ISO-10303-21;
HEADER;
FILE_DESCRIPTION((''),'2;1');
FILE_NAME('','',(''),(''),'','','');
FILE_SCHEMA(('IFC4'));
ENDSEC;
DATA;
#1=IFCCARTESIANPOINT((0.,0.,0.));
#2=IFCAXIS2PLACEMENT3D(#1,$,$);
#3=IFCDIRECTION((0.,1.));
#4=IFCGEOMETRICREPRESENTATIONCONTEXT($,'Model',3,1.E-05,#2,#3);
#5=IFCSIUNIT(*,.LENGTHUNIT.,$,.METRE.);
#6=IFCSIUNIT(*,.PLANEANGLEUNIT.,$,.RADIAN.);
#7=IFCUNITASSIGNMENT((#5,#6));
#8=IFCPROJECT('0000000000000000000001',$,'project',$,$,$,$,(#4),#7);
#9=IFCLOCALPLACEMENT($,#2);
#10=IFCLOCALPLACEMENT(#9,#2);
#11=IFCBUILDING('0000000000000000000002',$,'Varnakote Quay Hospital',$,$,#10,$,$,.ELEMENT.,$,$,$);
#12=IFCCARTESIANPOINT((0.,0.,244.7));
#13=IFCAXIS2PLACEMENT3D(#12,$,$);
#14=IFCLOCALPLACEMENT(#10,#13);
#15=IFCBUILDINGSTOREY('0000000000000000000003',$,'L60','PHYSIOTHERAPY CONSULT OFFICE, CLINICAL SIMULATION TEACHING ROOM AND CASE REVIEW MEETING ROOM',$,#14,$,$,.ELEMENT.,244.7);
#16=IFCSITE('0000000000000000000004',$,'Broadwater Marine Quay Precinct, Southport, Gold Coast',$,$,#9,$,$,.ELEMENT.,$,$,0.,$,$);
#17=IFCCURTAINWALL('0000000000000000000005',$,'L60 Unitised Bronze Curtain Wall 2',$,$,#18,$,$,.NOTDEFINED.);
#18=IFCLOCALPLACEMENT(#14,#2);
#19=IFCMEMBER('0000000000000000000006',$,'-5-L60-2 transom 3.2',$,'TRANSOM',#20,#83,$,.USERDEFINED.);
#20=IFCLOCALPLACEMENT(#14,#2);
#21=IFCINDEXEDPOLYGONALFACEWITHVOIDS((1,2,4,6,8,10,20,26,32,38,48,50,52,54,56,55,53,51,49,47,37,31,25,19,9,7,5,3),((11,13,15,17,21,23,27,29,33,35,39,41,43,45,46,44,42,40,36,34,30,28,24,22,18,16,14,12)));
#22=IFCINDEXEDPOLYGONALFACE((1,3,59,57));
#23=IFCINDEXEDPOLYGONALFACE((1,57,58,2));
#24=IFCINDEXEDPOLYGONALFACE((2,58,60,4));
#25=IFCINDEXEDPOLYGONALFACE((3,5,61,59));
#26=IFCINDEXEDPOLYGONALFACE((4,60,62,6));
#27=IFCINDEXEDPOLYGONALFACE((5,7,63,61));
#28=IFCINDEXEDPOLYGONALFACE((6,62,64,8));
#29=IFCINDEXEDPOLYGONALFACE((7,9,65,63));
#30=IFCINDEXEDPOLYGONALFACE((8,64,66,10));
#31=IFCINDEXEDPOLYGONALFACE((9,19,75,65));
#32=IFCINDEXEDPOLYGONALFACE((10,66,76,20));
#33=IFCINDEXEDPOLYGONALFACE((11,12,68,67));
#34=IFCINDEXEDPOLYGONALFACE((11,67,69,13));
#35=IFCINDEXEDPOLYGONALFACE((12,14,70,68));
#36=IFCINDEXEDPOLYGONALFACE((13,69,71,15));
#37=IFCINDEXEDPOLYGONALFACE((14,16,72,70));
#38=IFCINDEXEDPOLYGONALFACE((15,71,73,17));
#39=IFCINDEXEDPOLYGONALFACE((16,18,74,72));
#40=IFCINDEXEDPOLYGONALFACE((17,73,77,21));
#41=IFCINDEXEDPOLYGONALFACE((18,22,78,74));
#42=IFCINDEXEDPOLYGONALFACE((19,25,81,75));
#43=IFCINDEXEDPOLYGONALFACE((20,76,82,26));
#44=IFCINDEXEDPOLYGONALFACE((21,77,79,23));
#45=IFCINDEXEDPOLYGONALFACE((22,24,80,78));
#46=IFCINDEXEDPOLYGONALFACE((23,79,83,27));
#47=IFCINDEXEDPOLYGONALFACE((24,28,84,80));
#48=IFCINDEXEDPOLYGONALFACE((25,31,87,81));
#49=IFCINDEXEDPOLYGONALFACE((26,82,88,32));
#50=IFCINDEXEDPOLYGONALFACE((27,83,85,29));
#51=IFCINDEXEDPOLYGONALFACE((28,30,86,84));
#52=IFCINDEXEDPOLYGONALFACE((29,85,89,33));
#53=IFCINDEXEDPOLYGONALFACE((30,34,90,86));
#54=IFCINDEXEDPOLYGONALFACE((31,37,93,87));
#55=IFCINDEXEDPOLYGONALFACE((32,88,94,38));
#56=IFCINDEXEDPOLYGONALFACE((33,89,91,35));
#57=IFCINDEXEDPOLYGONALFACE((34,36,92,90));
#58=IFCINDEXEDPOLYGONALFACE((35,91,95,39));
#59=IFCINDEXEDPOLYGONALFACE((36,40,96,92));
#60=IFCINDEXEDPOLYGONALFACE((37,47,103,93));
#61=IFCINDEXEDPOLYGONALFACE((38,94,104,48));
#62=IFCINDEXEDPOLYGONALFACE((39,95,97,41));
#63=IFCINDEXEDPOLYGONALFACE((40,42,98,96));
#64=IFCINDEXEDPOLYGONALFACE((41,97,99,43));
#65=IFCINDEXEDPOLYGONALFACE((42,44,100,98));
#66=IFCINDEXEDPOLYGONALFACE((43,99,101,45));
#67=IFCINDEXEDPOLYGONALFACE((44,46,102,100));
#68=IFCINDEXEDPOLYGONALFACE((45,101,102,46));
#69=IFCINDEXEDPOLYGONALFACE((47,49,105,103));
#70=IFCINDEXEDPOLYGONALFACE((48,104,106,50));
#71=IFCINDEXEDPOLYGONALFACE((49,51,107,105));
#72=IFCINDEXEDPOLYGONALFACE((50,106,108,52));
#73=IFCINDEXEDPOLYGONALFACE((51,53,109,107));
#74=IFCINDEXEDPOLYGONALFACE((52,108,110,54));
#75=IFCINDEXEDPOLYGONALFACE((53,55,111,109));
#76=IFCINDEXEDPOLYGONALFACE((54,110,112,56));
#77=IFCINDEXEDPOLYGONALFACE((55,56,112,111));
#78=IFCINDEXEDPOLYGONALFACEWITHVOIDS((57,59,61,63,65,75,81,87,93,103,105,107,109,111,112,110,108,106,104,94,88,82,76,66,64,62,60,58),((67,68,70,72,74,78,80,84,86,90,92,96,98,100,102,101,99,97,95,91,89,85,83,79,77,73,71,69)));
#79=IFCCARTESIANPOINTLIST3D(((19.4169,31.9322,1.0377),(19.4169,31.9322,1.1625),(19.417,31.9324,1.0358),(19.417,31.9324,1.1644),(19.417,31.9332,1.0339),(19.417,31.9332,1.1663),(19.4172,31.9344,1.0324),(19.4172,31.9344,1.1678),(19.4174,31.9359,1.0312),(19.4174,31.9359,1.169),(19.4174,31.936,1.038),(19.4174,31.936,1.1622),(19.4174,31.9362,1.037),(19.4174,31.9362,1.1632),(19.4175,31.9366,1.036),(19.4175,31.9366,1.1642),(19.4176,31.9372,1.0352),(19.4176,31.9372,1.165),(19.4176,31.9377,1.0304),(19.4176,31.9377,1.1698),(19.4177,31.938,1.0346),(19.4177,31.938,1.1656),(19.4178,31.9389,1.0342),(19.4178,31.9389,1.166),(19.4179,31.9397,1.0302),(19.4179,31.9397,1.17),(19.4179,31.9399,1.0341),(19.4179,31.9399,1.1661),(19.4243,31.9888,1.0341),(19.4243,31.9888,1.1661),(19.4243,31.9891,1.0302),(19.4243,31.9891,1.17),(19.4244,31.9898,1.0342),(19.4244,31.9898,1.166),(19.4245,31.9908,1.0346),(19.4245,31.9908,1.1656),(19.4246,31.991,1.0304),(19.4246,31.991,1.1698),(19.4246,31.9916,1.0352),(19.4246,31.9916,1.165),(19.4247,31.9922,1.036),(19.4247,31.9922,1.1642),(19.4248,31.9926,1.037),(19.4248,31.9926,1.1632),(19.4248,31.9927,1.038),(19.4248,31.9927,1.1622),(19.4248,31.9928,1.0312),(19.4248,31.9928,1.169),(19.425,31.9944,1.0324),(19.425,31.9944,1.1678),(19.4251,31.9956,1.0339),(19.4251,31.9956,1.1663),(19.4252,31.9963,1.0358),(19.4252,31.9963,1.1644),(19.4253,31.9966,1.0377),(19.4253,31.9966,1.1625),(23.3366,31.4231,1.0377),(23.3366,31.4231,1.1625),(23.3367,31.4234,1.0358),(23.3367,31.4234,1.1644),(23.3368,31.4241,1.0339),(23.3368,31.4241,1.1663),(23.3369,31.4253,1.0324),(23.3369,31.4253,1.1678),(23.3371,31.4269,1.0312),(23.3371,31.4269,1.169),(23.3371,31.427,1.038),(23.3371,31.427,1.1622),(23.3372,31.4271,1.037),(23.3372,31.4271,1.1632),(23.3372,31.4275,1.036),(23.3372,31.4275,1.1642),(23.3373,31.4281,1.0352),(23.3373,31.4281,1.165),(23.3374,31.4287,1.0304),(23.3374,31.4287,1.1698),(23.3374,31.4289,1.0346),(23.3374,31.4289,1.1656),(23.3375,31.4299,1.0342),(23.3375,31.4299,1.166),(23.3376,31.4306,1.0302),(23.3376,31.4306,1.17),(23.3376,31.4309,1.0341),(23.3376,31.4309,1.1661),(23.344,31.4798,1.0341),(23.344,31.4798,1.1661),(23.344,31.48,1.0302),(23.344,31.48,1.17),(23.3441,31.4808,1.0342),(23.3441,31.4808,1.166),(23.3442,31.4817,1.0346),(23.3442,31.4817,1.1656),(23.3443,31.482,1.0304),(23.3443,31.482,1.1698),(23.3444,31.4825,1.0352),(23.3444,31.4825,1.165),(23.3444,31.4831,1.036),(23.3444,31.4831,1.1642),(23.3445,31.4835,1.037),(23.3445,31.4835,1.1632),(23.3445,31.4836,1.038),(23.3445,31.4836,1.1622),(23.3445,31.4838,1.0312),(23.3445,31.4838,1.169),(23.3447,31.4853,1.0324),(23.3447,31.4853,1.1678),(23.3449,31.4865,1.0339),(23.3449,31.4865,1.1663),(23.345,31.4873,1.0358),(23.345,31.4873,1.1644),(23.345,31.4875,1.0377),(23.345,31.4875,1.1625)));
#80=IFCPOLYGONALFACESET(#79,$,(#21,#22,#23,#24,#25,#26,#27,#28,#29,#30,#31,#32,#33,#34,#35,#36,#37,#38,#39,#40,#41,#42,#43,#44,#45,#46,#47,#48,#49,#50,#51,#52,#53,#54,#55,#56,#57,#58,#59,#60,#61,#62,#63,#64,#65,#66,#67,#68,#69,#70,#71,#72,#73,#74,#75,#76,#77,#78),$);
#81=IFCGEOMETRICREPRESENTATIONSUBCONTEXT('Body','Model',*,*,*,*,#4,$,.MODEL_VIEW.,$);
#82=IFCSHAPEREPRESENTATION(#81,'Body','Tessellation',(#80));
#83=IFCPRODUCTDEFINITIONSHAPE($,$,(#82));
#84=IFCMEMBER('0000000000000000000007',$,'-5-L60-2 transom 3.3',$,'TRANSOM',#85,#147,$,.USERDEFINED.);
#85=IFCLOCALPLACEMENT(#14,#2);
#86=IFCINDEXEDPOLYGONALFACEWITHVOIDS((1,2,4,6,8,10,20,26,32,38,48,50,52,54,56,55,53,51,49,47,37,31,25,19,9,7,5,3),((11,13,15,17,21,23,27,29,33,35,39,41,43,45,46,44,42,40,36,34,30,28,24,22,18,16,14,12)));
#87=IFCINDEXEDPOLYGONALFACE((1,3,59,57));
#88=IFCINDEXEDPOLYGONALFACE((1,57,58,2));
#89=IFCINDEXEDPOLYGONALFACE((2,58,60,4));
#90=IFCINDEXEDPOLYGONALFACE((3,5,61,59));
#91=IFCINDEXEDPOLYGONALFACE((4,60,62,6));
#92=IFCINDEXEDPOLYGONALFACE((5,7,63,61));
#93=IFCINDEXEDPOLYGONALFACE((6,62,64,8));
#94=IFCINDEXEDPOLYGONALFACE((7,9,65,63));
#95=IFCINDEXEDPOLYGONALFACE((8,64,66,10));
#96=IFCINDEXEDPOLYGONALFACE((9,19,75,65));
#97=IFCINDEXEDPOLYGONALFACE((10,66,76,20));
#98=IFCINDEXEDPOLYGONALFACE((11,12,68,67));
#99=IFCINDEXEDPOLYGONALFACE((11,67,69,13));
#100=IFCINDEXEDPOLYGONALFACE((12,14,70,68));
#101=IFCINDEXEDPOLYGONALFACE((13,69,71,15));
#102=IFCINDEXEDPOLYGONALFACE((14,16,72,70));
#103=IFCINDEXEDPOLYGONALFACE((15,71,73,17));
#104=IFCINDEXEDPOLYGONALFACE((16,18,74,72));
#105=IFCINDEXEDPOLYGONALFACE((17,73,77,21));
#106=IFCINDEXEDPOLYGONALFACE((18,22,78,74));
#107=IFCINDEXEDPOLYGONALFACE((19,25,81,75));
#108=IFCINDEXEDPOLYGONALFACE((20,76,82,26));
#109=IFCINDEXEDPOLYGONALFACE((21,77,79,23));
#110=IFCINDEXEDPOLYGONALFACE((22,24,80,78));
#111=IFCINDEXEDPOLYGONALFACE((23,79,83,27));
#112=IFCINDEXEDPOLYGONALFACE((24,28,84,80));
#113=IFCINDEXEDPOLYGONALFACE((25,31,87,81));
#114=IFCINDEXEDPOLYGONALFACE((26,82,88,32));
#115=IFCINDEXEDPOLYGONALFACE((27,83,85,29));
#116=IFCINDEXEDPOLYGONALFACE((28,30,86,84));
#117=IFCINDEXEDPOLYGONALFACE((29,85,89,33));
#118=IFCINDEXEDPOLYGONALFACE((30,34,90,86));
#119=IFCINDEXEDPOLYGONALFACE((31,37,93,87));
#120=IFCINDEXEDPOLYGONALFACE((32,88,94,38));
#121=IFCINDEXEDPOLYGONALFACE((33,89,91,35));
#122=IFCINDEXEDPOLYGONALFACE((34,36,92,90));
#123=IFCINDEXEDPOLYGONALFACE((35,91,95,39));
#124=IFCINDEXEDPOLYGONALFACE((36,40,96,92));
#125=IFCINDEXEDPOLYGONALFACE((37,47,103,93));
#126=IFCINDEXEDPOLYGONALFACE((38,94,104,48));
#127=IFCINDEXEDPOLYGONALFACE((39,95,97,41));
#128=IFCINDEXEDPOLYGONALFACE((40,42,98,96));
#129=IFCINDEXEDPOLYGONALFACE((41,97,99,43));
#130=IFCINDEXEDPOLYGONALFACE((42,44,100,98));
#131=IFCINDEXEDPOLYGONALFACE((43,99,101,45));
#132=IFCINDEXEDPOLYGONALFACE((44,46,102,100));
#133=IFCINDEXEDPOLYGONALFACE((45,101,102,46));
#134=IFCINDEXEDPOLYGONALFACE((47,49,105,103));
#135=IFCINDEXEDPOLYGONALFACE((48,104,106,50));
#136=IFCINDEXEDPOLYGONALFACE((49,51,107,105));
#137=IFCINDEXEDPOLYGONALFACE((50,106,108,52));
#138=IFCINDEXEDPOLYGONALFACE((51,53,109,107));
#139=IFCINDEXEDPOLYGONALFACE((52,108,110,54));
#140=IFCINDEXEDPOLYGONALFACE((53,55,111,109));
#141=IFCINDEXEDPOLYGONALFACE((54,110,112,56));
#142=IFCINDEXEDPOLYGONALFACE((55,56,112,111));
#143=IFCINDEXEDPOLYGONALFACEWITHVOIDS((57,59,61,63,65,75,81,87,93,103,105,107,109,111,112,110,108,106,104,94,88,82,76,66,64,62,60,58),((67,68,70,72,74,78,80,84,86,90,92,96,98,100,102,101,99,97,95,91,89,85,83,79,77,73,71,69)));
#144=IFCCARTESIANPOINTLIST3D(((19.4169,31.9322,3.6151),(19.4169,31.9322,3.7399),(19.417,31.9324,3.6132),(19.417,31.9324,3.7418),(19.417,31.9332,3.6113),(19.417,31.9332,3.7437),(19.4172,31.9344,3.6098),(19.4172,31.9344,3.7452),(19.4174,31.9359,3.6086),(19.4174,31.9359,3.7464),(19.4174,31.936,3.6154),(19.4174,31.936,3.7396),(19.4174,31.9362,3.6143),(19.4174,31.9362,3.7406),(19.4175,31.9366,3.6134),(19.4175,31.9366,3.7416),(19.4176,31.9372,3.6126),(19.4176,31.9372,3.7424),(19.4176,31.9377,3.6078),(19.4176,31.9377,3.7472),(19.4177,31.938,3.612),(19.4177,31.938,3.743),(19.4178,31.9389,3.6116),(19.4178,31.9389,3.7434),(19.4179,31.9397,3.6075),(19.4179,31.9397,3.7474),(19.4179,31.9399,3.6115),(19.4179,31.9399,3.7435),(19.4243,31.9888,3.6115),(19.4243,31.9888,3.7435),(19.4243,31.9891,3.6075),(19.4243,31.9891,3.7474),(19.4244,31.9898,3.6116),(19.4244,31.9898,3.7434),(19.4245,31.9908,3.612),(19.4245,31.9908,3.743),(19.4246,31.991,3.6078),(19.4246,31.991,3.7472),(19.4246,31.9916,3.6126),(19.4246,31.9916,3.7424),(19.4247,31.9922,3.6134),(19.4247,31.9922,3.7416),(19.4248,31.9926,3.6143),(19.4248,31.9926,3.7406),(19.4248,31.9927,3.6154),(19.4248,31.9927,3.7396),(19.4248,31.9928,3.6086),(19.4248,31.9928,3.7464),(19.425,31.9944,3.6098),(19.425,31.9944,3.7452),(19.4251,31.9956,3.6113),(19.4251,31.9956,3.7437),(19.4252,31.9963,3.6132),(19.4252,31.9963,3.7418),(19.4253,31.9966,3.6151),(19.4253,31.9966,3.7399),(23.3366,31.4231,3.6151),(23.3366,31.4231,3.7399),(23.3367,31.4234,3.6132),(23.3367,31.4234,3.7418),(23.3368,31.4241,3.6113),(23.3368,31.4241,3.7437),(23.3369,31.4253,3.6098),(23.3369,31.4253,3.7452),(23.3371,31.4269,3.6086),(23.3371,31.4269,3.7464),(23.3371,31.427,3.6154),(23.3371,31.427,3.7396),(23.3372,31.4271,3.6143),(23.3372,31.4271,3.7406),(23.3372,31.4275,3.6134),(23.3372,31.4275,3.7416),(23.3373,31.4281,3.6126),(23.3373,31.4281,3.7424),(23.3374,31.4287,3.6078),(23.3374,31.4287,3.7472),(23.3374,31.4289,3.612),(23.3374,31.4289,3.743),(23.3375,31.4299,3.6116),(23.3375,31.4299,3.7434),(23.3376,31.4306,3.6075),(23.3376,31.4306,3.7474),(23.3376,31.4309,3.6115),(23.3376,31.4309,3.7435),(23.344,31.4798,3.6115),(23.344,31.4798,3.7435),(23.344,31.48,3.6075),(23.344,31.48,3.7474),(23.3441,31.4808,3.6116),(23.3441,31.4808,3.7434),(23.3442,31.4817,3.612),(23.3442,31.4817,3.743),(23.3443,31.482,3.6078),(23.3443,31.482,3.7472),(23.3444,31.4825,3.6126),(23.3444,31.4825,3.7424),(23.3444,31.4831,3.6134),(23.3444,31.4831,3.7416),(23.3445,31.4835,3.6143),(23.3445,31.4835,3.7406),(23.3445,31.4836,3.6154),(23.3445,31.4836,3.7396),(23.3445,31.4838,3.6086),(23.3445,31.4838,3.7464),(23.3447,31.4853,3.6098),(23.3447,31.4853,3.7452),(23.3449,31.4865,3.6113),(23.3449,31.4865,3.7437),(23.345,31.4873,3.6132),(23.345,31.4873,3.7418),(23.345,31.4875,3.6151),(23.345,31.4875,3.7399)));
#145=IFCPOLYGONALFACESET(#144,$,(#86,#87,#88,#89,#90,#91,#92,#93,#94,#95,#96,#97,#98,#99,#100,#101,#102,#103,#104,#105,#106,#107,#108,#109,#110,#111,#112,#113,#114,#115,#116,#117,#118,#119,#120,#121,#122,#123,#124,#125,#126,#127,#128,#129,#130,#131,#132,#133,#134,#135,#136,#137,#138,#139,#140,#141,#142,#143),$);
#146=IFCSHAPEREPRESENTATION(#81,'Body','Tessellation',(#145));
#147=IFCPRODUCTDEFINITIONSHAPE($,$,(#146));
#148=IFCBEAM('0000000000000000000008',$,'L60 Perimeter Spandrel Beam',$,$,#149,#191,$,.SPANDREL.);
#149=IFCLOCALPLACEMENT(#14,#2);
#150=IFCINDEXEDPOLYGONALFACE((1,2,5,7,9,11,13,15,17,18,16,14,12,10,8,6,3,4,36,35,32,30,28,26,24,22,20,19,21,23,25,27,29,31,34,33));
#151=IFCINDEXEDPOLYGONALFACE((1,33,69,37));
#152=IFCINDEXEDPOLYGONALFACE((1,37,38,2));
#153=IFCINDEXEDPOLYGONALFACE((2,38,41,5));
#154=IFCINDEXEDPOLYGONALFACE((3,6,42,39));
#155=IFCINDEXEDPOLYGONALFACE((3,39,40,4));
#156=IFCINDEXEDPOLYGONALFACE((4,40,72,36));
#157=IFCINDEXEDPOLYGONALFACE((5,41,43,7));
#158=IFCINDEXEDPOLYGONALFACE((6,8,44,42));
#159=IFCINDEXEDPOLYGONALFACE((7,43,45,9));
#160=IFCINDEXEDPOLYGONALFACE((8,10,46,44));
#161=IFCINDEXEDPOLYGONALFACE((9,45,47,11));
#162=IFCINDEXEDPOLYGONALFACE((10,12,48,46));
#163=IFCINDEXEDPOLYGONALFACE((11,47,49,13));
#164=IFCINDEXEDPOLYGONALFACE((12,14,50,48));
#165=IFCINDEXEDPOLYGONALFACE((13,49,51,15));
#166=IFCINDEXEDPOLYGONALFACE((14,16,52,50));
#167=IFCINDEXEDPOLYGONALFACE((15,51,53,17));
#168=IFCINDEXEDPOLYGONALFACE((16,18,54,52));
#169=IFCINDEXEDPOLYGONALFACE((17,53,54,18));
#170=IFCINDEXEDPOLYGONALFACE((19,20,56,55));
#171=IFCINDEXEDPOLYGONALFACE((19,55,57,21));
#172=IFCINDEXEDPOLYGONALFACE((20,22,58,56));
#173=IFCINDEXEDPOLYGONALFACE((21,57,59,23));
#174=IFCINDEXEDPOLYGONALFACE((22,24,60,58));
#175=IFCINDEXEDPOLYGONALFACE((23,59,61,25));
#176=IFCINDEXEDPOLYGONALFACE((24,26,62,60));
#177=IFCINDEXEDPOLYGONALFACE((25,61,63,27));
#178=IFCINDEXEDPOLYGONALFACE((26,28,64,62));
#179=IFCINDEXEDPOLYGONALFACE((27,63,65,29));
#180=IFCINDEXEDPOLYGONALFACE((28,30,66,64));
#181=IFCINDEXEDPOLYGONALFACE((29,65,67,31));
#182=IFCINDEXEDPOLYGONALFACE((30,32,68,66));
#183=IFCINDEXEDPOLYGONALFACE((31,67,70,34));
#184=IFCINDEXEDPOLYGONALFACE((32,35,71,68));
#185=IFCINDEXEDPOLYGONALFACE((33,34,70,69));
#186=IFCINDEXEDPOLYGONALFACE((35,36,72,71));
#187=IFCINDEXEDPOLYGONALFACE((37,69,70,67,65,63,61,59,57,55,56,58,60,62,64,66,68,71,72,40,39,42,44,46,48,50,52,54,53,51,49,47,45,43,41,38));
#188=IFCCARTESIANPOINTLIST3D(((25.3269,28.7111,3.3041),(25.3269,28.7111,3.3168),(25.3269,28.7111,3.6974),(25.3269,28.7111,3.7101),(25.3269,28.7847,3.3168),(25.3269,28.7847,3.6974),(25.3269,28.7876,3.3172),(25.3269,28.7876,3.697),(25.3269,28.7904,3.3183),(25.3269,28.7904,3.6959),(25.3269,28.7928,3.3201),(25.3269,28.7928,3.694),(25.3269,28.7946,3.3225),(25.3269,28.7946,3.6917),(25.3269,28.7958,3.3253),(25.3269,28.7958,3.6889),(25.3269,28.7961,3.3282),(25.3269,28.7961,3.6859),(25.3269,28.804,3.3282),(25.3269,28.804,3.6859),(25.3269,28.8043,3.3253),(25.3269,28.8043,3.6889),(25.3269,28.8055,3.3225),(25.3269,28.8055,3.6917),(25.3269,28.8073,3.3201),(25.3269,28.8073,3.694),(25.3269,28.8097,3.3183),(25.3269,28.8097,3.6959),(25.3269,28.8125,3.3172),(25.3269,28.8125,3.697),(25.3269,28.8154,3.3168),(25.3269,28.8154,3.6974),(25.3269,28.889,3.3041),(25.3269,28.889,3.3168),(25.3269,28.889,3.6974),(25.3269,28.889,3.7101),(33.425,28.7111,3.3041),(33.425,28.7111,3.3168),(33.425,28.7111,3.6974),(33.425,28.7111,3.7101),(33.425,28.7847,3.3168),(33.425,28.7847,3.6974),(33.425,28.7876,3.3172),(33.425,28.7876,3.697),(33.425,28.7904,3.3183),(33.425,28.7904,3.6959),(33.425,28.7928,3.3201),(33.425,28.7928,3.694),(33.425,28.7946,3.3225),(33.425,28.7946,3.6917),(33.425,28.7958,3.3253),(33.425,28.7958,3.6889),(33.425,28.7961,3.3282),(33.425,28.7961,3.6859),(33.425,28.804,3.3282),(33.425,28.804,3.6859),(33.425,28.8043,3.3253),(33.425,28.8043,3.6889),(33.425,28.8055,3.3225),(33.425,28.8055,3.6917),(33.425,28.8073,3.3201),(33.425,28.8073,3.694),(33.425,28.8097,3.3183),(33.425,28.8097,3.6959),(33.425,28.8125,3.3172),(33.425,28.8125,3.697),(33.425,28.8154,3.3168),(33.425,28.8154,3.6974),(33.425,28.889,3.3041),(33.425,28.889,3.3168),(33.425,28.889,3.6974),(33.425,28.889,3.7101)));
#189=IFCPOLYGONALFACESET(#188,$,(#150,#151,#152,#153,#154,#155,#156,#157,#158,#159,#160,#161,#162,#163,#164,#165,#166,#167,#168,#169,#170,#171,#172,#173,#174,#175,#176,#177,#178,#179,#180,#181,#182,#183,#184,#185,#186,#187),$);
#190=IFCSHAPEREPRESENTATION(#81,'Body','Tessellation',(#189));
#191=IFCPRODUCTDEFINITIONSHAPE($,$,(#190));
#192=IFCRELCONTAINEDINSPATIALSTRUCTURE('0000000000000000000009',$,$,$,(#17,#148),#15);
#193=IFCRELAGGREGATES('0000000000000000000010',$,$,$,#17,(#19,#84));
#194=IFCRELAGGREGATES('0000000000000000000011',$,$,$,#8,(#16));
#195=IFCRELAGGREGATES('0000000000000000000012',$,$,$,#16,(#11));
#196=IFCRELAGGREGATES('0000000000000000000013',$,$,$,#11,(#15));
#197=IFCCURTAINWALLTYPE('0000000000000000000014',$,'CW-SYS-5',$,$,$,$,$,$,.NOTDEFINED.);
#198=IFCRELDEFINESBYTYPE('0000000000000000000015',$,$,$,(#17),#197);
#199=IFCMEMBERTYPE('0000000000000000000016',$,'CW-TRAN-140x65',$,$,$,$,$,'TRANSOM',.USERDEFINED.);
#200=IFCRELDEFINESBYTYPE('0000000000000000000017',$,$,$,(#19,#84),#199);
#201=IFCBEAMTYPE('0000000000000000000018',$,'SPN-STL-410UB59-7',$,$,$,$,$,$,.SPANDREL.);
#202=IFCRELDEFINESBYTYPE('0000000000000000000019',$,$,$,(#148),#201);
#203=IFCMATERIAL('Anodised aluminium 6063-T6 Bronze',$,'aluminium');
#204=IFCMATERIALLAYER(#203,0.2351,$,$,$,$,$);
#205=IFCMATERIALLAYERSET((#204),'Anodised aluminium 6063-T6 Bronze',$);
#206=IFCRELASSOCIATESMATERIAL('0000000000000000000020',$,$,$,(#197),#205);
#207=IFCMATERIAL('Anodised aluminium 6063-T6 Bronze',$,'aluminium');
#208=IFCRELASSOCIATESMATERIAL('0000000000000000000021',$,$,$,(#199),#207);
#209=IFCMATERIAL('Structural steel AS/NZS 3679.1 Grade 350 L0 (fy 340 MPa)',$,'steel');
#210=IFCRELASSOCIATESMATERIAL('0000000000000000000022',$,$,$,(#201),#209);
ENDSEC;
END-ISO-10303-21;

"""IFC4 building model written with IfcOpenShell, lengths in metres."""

from ifc_helpers import new_model, si_unit, direction, frame, origin, origin_2d, place, context, subcontext, project, spatial, hollow_rectangle, i_section, extrude, material, layer, layer_set, material_profile, profile_set, type_object, element, aggregate, save


model = new_model("IFC4")

# Units and contexts
model_context = context("Model", 3, precision=1e-05, world=origin(), true_north=direction((0.0, 1.0)))
body_context = subcontext(model_context, "Body", "Model", "MODEL_VIEW")
ifc_project = project(units=[si_unit("LENGTHUNIT", "METRE"), si_unit("PLANEANGLEUNIT", "RADIAN")], contexts=[model_context])

# Site, building, storey
site_placement = place(None, origin())
site = spatial("IfcSite", under=ifc_project, at=site_placement, Name="Broadwater Marine Quay Precinct, Southport, Gold Coast", CompositionType="ELEMENT", RefElevation=0.0)
building_placement = place(site_placement, origin())
building = spatial("IfcBuilding", under=site, at=building_placement, Name="Varnakote Quay Hospital", CompositionType="ELEMENT")
storey_placement = place(building_placement, frame((0.0, 0.0, 244.7)))
storey = spatial("IfcBuildingStorey", under=building, at=storey_placement, Name="L60", Description="PHYSIOTHERAPY CONSULT OFFICE, CLINICAL SIMULATION TEACHING ROOM AND CASE REVIEW MEETING ROOM", CompositionType="ELEMENT", Elevation=244.7)

# Shared definitions
ifc_material_1 = material(Name="Anodised aluminium 6063-T6 Bronze", Category="aluminium")
ifc_layer_1 = layer(ifc_material_1, 0.2351)
ifc_layer_set_1 = layer_set([ifc_layer_1], Name="Anodised aluminium 6063-T6 Bronze")
curtain_wall_type = type_object("IfcCurtainWallType", Name="CW-SYS-5", PredefinedType="NOTDEFINED", material=ifc_layer_set_1)

# Curtain wall, members
curtain_wall_1_placement = place(storey_placement, origin())
curtain_wall_1 = element("IfcCurtainWall", 1, at=curtain_wall_1_placement, inside=storey, type_object=curtain_wall_type, Name="L60 Unitised Bronze Curtain Wall 2", PredefinedType="NOTDEFINED")
ifc_material_2 = material(Name="Anodised aluminium 6063-T6 Bronze", Category="aluminium")
ifc_material_profile_1 = material_profile(ifc_material_2, hollow_rectangle(XDim=0.0649, YDim=0.1399, WallThickness=0.0039, InnerFilletRadius=0.0039, OuterFilletRadius=0.0076, at=origin_2d()), Name="CW-TRAN-140x65")
ifc_profile_set_1 = profile_set([ifc_material_profile_1], Name="Anodised aluminium 6063-T6 Bronze")
member_type_1 = type_object("IfcMemberType", Name="CW-TRAN-140x65", ElementType="TRANSOM", PredefinedType="USERDEFINED", material=ifc_profile_set_1)
member_1_placement = place(storey_placement, frame((23.3408, 31.4553, 1.1001), z_axis=(-0.991673, 0.128785, 0.0), x_axis=(-0.128785, -0.991673, 0.0)))
member_1 = element("IfcMember", 2, at=member_1_placement, type_object=member_type_1, Name="-5-L60-2 transom 3.2", ObjectType="TRANSOM", PredefinedType="USERDEFINED", context=body_context, shape_type="SweptSolid", body=[
    extrude(hollow_rectangle(XDim=0.0649, YDim=0.1399, WallThickness=0.0039, InnerFilletRadius=0.0039, OuterFilletRadius=0.0076, at=origin_2d()), origin(), (0.0, 0.0, 1.0), 3.9526),
])
member_2_placement = place(storey_placement, frame((23.3408, 31.4553, 3.6775), z_axis=(-0.991673, 0.128785, 0.0), x_axis=(-0.128785, -0.991673, 0.0)))
member_2 = element("IfcMember", 3, at=member_2_placement, type_object=member_type_1, Name="-5-L60-2 transom 3.3", ObjectType="TRANSOM", PredefinedType="USERDEFINED", context=body_context, shape_type="SweptSolid", body=[
    extrude(hollow_rectangle(XDim=0.0649, YDim=0.1399, WallThickness=0.0039, InnerFilletRadius=0.0039, OuterFilletRadius=0.0076, at=origin_2d()), origin(), (0.0, 0.0, 1.0), 3.9526),
])

# Beam
ifc_material_3 = material(Name="Structural steel AS/NZS 3679.1 Grade 350 L0 (fy 340 MPa)", Category="steel")
ifc_material_profile_2 = material_profile(ifc_material_3, i_section(OverallWidth=0.178, OverallDepth=0.406, WebThickness=0.0078, FlangeThickness=0.0127, FilletRadius=0.0115, at=origin_2d()), Name="410UB59.7")
ifc_profile_set_2 = profile_set([ifc_material_profile_2], Name="Structural steel AS/NZS 3679.1 Grade 350 L0 (fy 340 MPa)")
beam_type = type_object("IfcBeamType", Name="SPN-STL-410UB59-7", PredefinedType="SPANDREL", material=ifc_profile_set_2)
beam_placement = place(storey_placement, frame((25.3269, 28.8, 3.5071), z_axis=(1.0, 0.0, 0.0), x_axis=(0.0, 1.0, 0.0)))
element("IfcBeam", 4, at=beam_placement, inside=storey, type_object=beam_type, Name="L60 Perimeter Spandrel Beam", PredefinedType="SPANDREL", context=body_context, shape_type="SweptSolid", body=[
    extrude(i_section(OverallWidth=0.178, OverallDepth=0.406, WebThickness=0.0078, FlangeThickness=0.0127, FilletRadius=0.0115, at=origin_2d()), origin(), (0.0, 0.0, 1.0), 8.0981),
])

aggregate(curtain_wall_1, [member_1, member_2])

save(model, "model.ifc")
